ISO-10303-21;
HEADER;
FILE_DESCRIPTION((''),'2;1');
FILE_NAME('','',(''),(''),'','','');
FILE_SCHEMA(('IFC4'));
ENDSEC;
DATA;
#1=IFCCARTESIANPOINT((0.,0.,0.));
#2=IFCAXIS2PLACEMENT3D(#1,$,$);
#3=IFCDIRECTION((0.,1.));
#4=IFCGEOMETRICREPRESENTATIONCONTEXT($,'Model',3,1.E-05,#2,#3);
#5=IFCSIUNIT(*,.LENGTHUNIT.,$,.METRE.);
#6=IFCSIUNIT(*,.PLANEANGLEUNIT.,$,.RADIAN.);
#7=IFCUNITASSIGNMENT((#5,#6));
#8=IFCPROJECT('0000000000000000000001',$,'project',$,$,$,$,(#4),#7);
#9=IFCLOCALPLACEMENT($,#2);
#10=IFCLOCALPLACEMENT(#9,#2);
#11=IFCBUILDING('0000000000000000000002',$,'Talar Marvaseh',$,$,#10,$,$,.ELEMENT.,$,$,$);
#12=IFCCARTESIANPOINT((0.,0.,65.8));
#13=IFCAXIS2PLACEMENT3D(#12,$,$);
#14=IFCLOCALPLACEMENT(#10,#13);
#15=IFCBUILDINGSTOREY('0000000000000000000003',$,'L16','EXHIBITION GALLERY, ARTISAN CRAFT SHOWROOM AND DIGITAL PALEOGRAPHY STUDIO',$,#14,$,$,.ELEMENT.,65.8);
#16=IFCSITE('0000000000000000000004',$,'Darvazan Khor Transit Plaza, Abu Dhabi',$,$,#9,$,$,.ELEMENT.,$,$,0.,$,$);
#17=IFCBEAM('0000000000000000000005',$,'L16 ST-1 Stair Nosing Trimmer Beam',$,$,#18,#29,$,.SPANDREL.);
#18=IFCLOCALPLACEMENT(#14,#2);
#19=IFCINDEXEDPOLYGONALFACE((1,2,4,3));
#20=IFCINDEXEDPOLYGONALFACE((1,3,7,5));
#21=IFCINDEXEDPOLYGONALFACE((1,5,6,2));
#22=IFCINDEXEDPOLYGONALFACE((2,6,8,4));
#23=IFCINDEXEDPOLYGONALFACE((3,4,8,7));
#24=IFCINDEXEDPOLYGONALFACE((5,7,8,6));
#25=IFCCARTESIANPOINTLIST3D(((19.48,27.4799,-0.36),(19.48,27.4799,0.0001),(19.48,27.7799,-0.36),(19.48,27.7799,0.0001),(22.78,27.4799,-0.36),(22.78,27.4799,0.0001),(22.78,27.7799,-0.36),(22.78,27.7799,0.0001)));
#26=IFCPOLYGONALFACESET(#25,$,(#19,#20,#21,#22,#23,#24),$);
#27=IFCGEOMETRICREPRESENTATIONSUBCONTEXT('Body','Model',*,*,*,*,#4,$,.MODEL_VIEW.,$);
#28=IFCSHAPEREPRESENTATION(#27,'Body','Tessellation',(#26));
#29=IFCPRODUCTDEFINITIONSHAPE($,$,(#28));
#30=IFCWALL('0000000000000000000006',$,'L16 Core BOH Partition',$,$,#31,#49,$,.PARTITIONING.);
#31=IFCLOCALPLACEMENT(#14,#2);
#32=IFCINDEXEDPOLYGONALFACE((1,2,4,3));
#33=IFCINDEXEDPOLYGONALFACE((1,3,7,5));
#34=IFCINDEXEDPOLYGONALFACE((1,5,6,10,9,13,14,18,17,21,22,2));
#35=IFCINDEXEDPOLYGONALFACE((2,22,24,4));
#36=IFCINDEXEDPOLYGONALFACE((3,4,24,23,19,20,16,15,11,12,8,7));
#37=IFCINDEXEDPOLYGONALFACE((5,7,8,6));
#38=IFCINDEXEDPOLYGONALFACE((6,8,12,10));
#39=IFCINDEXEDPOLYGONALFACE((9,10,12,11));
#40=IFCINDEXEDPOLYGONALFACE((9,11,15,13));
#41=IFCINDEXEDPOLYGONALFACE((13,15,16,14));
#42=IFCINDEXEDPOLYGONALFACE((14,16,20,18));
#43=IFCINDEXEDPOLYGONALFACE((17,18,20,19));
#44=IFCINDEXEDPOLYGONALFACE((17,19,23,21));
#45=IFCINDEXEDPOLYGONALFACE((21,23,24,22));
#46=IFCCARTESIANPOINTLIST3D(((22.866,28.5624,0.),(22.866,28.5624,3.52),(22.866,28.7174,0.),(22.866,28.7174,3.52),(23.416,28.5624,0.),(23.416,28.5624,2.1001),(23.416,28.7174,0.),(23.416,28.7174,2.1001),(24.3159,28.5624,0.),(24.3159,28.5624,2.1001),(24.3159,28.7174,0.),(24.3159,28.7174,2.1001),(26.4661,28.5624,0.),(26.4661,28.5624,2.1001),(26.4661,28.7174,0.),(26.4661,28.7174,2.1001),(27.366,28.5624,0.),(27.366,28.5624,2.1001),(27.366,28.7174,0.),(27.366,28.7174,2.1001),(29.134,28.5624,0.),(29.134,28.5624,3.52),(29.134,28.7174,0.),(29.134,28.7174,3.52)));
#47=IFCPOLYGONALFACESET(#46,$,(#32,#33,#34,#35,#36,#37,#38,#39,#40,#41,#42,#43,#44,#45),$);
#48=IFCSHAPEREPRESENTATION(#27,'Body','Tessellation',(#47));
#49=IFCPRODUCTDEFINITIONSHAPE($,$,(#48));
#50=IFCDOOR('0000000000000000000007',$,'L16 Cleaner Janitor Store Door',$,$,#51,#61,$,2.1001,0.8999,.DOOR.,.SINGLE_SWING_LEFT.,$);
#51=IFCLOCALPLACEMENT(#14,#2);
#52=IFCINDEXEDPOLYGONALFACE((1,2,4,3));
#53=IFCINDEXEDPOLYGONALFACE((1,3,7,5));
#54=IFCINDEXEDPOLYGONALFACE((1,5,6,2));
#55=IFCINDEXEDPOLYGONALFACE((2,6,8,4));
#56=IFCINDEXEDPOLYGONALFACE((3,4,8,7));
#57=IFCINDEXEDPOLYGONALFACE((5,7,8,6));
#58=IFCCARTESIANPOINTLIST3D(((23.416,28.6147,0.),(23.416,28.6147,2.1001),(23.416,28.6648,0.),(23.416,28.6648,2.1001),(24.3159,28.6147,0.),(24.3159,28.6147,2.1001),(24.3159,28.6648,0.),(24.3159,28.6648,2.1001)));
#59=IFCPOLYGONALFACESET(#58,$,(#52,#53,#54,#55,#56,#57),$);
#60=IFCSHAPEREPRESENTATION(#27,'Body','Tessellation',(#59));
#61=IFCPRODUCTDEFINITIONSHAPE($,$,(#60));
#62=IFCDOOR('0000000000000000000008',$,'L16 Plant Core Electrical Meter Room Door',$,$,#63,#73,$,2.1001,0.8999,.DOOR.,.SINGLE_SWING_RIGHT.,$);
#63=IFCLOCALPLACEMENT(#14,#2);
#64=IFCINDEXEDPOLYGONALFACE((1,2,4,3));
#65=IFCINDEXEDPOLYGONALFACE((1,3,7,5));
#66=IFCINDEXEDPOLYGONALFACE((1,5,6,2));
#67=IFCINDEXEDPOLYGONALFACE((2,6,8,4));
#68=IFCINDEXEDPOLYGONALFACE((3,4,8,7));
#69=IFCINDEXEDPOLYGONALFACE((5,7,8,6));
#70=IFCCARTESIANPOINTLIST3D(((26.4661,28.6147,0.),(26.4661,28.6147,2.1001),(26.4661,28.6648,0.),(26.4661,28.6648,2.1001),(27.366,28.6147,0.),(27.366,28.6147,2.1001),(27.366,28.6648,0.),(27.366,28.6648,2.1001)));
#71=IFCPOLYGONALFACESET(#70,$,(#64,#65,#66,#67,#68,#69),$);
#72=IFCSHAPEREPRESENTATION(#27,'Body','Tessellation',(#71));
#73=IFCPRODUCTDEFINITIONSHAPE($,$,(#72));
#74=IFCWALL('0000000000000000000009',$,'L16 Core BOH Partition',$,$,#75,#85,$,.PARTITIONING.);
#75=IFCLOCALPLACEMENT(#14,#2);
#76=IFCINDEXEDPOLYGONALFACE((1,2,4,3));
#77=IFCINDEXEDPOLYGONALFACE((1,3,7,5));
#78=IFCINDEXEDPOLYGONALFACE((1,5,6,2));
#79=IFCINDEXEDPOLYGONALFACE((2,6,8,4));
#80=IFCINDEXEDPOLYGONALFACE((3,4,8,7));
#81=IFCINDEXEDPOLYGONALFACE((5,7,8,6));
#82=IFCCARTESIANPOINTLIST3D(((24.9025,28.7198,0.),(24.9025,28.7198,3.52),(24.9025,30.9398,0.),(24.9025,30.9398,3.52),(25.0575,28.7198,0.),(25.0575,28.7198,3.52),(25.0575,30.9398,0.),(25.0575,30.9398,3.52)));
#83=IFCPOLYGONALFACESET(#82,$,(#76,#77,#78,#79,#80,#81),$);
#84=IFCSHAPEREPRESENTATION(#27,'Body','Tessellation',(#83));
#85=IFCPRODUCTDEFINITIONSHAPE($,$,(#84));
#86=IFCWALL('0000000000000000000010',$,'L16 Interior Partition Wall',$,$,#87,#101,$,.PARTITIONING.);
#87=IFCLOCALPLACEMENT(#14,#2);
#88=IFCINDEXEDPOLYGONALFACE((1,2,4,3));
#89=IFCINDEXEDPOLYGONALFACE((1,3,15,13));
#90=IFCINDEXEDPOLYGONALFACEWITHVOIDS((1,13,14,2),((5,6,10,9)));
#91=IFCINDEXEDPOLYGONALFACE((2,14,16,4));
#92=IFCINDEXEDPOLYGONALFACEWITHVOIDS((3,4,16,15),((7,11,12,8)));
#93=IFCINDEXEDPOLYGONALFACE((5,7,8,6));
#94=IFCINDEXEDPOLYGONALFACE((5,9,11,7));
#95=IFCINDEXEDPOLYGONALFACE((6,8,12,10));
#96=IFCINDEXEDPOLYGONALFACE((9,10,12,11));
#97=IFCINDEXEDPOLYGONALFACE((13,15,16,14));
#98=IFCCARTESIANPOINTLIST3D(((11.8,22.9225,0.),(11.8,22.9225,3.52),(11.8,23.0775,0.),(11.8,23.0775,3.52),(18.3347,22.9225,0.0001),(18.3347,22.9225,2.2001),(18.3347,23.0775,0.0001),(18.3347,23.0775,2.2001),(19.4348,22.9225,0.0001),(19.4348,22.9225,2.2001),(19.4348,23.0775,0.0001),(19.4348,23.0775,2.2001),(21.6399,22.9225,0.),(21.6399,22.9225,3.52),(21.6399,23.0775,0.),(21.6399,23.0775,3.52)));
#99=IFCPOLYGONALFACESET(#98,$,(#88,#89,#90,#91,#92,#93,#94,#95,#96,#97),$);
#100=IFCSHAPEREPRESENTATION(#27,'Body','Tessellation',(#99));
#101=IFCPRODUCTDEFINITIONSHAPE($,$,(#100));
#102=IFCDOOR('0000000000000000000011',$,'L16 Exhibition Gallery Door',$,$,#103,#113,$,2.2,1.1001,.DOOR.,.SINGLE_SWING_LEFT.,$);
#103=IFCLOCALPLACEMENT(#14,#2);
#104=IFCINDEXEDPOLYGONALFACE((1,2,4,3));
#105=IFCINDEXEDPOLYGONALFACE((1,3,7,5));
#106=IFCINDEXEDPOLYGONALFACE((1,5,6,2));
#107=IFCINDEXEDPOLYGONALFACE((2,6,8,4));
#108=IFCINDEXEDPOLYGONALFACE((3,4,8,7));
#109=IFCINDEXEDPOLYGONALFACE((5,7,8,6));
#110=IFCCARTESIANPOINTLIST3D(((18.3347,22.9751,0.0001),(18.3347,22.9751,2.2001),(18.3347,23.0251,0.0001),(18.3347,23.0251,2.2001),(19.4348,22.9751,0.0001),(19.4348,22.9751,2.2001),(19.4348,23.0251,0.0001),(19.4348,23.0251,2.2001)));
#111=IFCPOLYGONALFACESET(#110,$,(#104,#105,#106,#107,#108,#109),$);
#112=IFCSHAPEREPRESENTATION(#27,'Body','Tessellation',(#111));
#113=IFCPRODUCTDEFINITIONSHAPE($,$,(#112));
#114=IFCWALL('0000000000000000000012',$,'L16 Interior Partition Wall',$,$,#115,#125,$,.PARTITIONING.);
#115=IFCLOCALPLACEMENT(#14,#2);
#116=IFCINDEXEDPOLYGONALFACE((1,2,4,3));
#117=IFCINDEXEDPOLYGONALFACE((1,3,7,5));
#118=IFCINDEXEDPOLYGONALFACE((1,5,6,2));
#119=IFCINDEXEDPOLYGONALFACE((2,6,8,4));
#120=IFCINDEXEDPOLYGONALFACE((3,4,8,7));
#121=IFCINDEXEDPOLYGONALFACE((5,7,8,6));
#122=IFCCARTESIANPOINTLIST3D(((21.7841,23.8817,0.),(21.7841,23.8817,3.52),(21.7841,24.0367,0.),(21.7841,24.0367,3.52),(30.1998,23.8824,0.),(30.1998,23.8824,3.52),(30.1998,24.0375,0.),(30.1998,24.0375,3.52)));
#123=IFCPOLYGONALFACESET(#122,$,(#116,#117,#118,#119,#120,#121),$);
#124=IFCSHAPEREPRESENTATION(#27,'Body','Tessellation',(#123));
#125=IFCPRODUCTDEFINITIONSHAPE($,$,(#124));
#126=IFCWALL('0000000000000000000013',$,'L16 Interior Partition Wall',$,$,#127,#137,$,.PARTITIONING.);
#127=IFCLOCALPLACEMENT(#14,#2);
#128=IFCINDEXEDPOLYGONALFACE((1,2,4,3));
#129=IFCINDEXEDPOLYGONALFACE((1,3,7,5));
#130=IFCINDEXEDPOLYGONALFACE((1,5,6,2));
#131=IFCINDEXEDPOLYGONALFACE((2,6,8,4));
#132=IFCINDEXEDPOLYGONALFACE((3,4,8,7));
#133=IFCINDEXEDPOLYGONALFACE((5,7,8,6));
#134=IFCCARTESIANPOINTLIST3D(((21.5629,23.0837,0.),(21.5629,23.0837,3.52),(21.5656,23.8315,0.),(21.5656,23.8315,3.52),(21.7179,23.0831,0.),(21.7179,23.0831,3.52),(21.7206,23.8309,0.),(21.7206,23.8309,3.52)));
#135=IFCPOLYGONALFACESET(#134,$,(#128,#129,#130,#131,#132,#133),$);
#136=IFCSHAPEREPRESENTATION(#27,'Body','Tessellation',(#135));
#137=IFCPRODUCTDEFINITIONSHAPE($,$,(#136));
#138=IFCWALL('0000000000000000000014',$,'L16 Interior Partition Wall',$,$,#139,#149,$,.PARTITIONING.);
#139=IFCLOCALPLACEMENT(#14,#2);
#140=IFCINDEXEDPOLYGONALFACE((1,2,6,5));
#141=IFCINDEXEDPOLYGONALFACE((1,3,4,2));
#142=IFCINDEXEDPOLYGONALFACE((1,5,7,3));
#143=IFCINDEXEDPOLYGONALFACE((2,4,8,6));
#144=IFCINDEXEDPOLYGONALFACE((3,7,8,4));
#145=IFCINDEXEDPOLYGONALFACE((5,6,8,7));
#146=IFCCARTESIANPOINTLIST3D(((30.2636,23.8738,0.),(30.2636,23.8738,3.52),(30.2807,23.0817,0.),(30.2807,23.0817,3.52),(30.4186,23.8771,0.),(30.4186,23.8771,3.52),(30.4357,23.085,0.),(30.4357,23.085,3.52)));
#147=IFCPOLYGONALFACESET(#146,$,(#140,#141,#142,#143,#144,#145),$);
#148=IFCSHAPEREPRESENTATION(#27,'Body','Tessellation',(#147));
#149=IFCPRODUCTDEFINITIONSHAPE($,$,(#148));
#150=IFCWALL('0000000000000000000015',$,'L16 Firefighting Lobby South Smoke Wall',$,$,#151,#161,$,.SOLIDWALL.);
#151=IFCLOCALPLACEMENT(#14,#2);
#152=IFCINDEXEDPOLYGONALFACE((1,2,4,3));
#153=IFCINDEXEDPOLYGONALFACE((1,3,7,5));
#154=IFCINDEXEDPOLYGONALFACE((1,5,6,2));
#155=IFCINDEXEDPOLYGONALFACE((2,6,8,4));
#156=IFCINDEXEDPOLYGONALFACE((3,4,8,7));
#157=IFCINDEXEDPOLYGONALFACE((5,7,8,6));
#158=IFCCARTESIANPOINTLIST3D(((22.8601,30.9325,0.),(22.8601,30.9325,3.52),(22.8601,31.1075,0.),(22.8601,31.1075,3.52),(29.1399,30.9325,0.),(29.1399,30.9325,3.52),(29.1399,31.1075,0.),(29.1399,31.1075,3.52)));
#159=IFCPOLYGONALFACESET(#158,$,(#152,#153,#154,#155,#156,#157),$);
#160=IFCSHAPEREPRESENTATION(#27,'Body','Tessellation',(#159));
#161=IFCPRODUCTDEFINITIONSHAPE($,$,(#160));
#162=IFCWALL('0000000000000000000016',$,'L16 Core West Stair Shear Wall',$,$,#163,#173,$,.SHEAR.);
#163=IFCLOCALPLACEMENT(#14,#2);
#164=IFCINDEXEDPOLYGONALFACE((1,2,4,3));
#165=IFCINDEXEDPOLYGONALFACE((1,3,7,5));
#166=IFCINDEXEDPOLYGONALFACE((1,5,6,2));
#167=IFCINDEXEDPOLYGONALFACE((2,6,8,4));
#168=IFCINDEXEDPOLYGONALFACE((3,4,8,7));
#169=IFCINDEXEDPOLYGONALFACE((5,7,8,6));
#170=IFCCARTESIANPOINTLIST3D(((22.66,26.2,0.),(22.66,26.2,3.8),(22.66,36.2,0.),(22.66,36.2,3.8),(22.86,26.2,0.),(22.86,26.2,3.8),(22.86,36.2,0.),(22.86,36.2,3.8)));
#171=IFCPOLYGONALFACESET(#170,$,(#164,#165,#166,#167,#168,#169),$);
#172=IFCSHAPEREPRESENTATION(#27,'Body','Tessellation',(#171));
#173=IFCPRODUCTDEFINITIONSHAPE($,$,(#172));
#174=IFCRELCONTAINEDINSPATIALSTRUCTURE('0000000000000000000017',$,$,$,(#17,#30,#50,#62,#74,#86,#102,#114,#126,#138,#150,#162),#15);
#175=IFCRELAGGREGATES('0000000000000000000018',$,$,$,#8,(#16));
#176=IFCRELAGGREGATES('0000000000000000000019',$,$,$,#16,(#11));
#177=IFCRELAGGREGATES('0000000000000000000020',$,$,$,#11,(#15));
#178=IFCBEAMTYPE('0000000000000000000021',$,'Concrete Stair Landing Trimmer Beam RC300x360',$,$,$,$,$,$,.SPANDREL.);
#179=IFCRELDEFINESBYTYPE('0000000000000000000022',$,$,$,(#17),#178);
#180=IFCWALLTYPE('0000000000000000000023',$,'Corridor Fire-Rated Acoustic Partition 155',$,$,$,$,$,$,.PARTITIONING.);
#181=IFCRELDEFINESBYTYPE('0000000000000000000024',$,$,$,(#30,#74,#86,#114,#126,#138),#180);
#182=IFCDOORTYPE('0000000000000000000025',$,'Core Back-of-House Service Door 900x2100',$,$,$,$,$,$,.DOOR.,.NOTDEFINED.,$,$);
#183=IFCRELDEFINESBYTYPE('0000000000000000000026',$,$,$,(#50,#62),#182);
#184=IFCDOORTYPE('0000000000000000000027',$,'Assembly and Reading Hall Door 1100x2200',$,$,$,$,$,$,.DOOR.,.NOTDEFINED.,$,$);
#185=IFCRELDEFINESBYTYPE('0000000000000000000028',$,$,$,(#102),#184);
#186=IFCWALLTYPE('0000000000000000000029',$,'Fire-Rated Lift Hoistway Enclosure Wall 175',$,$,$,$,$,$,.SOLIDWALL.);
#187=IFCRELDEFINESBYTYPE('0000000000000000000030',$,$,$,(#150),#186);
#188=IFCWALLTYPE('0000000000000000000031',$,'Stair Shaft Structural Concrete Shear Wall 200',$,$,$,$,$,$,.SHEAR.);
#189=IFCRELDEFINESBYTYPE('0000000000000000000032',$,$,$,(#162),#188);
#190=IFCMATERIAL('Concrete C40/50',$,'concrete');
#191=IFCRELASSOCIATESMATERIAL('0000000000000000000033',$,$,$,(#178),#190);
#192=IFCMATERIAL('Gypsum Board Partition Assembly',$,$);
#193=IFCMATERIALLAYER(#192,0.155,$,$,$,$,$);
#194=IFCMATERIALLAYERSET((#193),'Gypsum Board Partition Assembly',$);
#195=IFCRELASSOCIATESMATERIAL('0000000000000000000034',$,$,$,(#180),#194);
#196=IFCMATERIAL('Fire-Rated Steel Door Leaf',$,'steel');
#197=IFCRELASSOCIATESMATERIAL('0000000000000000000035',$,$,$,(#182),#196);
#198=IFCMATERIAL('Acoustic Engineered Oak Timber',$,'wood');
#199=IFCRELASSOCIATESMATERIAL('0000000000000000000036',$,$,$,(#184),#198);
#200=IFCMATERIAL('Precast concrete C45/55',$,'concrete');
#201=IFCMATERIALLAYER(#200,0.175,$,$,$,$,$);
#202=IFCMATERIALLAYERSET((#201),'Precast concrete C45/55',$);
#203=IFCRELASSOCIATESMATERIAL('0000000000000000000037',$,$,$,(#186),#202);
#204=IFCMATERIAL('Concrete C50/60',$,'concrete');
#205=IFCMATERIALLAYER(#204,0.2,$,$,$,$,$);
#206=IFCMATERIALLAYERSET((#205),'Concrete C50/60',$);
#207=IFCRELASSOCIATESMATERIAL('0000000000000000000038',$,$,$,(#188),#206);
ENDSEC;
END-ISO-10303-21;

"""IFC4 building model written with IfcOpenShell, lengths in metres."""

from ifc_helpers import new_model, si_unit, direction, frame, frame_2d, origin, origin_2d, place, context, subcontext, project, spatial, rectangle, extrude, source, transform, mapped, material, layer, layer_set, material_profile, profile_set, type_object, type_shapes, element, fill, save


model = new_model("IFC4")

# Units and contexts
model_context = context("Model", 3, precision=1e-05, world=origin(), true_north=direction((0.0, 1.0)))
body_context = subcontext(model_context, "Body", "Model", "MODEL_VIEW")
ifc_project = project(units=[si_unit("LENGTHUNIT", "METRE"), si_unit("PLANEANGLEUNIT", "RADIAN")], contexts=[model_context])

# Site, building, storey
site_placement = place(None, origin())
site = spatial("IfcSite", under=ifc_project, at=site_placement, Name="Darvazan Khor Transit Plaza, Abu Dhabi", CompositionType="ELEMENT", RefElevation=0.0)
building_placement = place(site_placement, origin())
building = spatial("IfcBuilding", under=site, at=building_placement, Name="Talar Marvaseh", CompositionType="ELEMENT")
storey_placement = place(building_placement, frame((0.0, 0.0, 65.8)))
storey = spatial("IfcBuildingStorey", under=building, at=storey_placement, Name="L16", Description="EXHIBITION GALLERY, ARTISAN CRAFT SHOWROOM AND DIGITAL PALEOGRAPHY STUDIO", CompositionType="ELEMENT", Elevation=65.8)

# Beam
ifc_material_1 = material(Name="Concrete C40/50", Category="concrete")
ifc_material_profile = material_profile(ifc_material_1, rectangle(XDim=0.3, YDim=0.3601, at=origin_2d()), Name="RC300x360")
ifc_profile_set = profile_set([ifc_material_profile], Name="Concrete C40/50")
beam_type = type_object("IfcBeamType", Name="Concrete Stair Landing Trimmer Beam RC300x360", PredefinedType="SPANDREL", material=ifc_profile_set)
beam_placement = place(storey_placement, frame((22.78, 27.6299, -0.1799), z_axis=(-1.0, 0.0, 0.0), x_axis=(0.0, -1.0, 0.0)))
element("IfcBeam", 1, at=beam_placement, inside=storey, type_object=beam_type, Name="L16 ST-1 Stair Nosing Trimmer Beam", PredefinedType="SPANDREL", context=body_context, shape_type="SweptSolid", body=[
    extrude(rectangle(XDim=0.3, YDim=0.3601, at=origin_2d()), origin(), (0.0, 0.0, 1.0), 3.3),
])

# Wall, openings, doors
ifc_material_2 = material(Name="Gypsum Board Partition Assembly")
ifc_layer_1 = layer(ifc_material_2, 0.155)
ifc_layer_set_1 = layer_set([ifc_layer_1], Name="Gypsum Board Partition Assembly")
wall_type_1 = type_object("IfcWallType", Name="Corridor Fire-Rated Acoustic Partition 155", PredefinedType="PARTITIONING", material=ifc_layer_set_1)
wall_1_placement = place(storey_placement, frame((22.866, 28.6399, 0.0), z_axis=(0.0, 0.0, 1.0), x_axis=(1.0, 0.0, 0.0)))
wall_1 = element("IfcWall", 2, at=wall_1_placement, inside=storey, type_object=wall_type_1, Name="L16 Core BOH Partition", PredefinedType="PARTITIONING", context=body_context, shape_type="SweptSolid", body=[
    extrude(rectangle(XDim=6.2681, YDim=0.155, at=frame_2d((3.134, 0.0))), origin(), (0.0, 0.0, 1.0), 3.52),
])
opening_1_placement = place(wall_1_placement, frame((0.55, 0.0, 0.0)))
opening_1 = element("IfcOpeningElement", 3, at=opening_1_placement, cuts=wall_1, PredefinedType="OPENING", context=body_context, shape_type="SweptSolid", body=[
    extrude(rectangle(XDim=0.8999, YDim=2.1001, at=frame_2d((0.45, 1.05))), frame((0.0, 0.0874, 0.0), z_axis=(0.0, -1.0, 0.0), x_axis=(1.0, 0.0, 0.0)), (0.0, 0.0, 1.0), 0.175),
])
opening_2_placement = place(wall_1_placement, frame((3.6001, 0.0, 0.0)))
opening_2 = element("IfcOpeningElement", 4, at=opening_2_placement, cuts=wall_1, PredefinedType="OPENING", context=body_context, shape_type="SweptSolid", body=[
    extrude(rectangle(XDim=0.8999, YDim=2.1001, at=frame_2d((0.45, 1.05))), frame((0.0, 0.0874, 0.0), z_axis=(0.0, -1.0, 0.0), x_axis=(1.0, 0.0, 0.0)), (0.0, 0.0, 1.0), 0.175),
])
ifc_material_3 = material(Name="Fire-Rated Steel Door Leaf", Category="steel")
door_type_1 = type_object("IfcDoorType", Name="Core Back-of-House Service Door 900x2100", OperationType="NOTDEFINED", PredefinedType="DOOR", material=ifc_material_3)
shared_shape_1 = source(origin(), body_context, "Body", "SweptSolid", [
    extrude(rectangle(XDim=0.8999, YDim=2.1001, at=frame_2d((0.45, 1.05))), frame((0.0, 0.0249, 0.0), z_axis=(0.0, -1.0, 0.0), x_axis=(1.0, 0.0, 0.0)), (0.0, 0.0, 1.0), 0.05),
])
type_shapes(door_type_1, [shared_shape_1])
door_1_placement = place(opening_1_placement, origin())
door_1 = element("IfcDoor", 5, at=door_1_placement, inside=storey, type_object=door_type_1, Name="L16 Cleaner Janitor Store Door", OperationType="SINGLE_SWING_LEFT", OverallHeight=2.1001, OverallWidth=0.8999, PredefinedType="DOOR", context=body_context, shape_type="MappedRepresentation", body=[
    mapped(shared_shape_1, transform((0.0, 0.0, 0.0), x_axis=(1.0, 0.0, 0.0), y_axis=(0.0, 1.0, 0.0), z_axis=(0.0, 0.0, 1.0), scale=1.0)),
])
fill(opening_1, door_1)
door_2_placement = place(opening_2_placement, origin())
door_2 = element("IfcDoor", 6, at=door_2_placement, inside=storey, type_object=door_type_1, Name="L16 Plant Core Electrical Meter Room Door", OperationType="SINGLE_SWING_RIGHT", OverallHeight=2.1001, OverallWidth=0.8999, PredefinedType="DOOR", context=body_context, shape_type="MappedRepresentation", body=[
    mapped(shared_shape_1, transform((0.0, 0.0, 0.0), x_axis=(1.0, 0.0, 0.0), y_axis=(0.0, 1.0, 0.0), z_axis=(0.0, 0.0, 1.0), scale=1.0)),
])
fill(opening_2, door_2)

# Wall
wall_2_placement = place(storey_placement, frame((24.98, 28.72, 0.0), z_axis=(0.0, 0.0, 1.0), x_axis=(0.0, 1.0, 0.0)))
element("IfcWall", 7, at=wall_2_placement, inside=storey, type_object=wall_type_1, Name="L16 Core BOH Partition", PredefinedType="PARTITIONING", context=body_context, shape_type="SweptSolid", body=[
    extrude(rectangle(XDim=2.22, YDim=0.155, at=frame_2d((1.1099, 0.0))), origin(), (0.0, 0.0, 1.0), 3.52),
])

# Wall, opening, door
wall_3_placement = place(storey_placement, frame((21.6399, 23.0, 0.0), z_axis=(0.0, 0.0, 1.0), x_axis=(-1.0, 0.0, 0.0)))
wall_3 = element("IfcWall", 8, at=wall_3_placement, inside=storey, type_object=wall_type_1, Name="L16 Interior Partition Wall", PredefinedType="PARTITIONING", context=body_context, shape_type="SweptSolid", body=[
    extrude(rectangle(XDim=9.8398, YDim=0.155, at=frame_2d((4.9199, 0.0))), origin(), (0.0, 0.0, 1.0), 3.52),
])
opening_3_placement = place(wall_3_placement, frame((2.2051, 0.0, 0.0)))
opening_3 = element("IfcOpeningElement", 9, at=opening_3_placement, cuts=wall_3, PredefinedType="OPENING", context=body_context, shape_type="SweptSolid", body=[
    extrude(rectangle(XDim=1.1001, YDim=2.2, at=frame_2d((0.55, 1.1001))), frame((0.0, 0.0874, 0.0), z_axis=(0.0, -1.0, 0.0), x_axis=(1.0, 0.0, 0.0)), (0.0, 0.0, 1.0), 0.175),
])
ifc_material_4 = material(Name="Acoustic Engineered Oak Timber", Category="wood")
door_type_2 = type_object("IfcDoorType", Name="Assembly and Reading Hall Door 1100x2200", OperationType="NOTDEFINED", PredefinedType="DOOR", material=ifc_material_4)
shared_shape_2 = source(origin(), body_context, "Body", "SweptSolid", [
    extrude(rectangle(XDim=1.1001, YDim=2.2, at=frame_2d((0.55, 1.1001))), frame((0.0, 0.0249, 0.0), z_axis=(0.0, -1.0, 0.0), x_axis=(1.0, 0.0, 0.0)), (0.0, 0.0, 1.0), 0.05),
])
type_shapes(door_type_2, [shared_shape_2])
door_3_placement = place(opening_3_placement, origin())
door_3 = element("IfcDoor", 10, at=door_3_placement, inside=storey, type_object=door_type_2, Name="L16 Exhibition Gallery Door", OperationType="SINGLE_SWING_LEFT", OverallHeight=2.2, OverallWidth=1.1001, PredefinedType="DOOR", context=body_context, shape_type="MappedRepresentation", body=[
    mapped(shared_shape_2, transform((0.0, 0.0, 0.0), x_axis=(1.0, 0.0, 0.0), y_axis=(0.0, 1.0, 0.0), z_axis=(0.0, 0.0, 1.0), scale=1.0)),
])
fill(opening_3, door_3)

# Walls
wall_4_placement = place(storey_placement, frame((30.2, 23.96, 0.0), z_axis=(0.0, 0.0, 1.0), x_axis=(-1.0, -0.000087, 0.0)))
element("IfcWall", 11, at=wall_4_placement, inside=storey, type_object=wall_type_1, Name="L16 Interior Partition Wall", PredefinedType="PARTITIONING", context=body_context, shape_type="SweptSolid", body=[
    extrude(rectangle(XDim=8.4158, YDim=0.155, at=frame_2d((4.208, 0.0))), origin(), (0.0, 0.0, 1.0), 3.52),
])
wall_5_placement = place(storey_placement, frame((21.6431, 23.8313, 0.0), z_axis=(0.0, 0.0, 1.0), x_axis=(-0.003591, -0.999994, 0.0)))
element("IfcWall", 12, at=wall_5_placement, inside=storey, type_object=wall_type_1, Name="L16 Interior Partition Wall", PredefinedType="PARTITIONING", context=body_context, shape_type="SweptSolid", body=[
    extrude(rectangle(XDim=0.7478, YDim=0.155, at=frame_2d((0.374, 0.0))), origin(), (0.0, 0.0, 1.0), 3.52),
])
wall_6_placement = place(storey_placement, frame((30.3582, 23.0835, 0.0), z_axis=(0.0, 0.0, 1.0), x_axis=(-0.021573, 0.999767, 0.0)))
element("IfcWall", 13, at=wall_6_placement, inside=storey, type_object=wall_type_1, Name="L16 Interior Partition Wall", PredefinedType="PARTITIONING", context=body_context, shape_type="SweptSolid", body=[
    extrude(rectangle(XDim=0.7922, YDim=0.155, at=frame_2d((0.396, 0.0))), origin(), (0.0, 0.0, 1.0), 3.52),
])
ifc_material_5 = material(Name="Precast concrete C45/55", Category="concrete")
ifc_layer_2 = layer(ifc_material_5, 0.175)
ifc_layer_set_2 = layer_set([ifc_layer_2], Name="Precast concrete C45/55")
wall_type_2 = type_object("IfcWallType", Name="Fire-Rated Lift Hoistway Enclosure Wall 175", PredefinedType="SOLIDWALL", material=ifc_layer_set_2)
wall_7_placement = place(storey_placement, frame((22.8601, 31.02, 0.0), z_axis=(0.0, 0.0, 1.0), x_axis=(1.0, 0.0, 0.0)))
element("IfcWall", 14, at=wall_7_placement, inside=storey, type_object=wall_type_2, Name="L16 Firefighting Lobby South Smoke Wall", PredefinedType="SOLIDWALL", context=body_context, shape_type="SweptSolid", body=[
    extrude(rectangle(XDim=6.2798, YDim=0.175, at=frame_2d((3.1399, 0.0))), origin(), (0.0, 0.0, 1.0), 3.52),
])
ifc_material_6 = material(Name="Concrete C50/60", Category="concrete")
ifc_layer_3 = layer(ifc_material_6, 0.2)
ifc_layer_set_3 = layer_set([ifc_layer_3], Name="Concrete C50/60")
wall_type_3 = type_object("IfcWallType", Name="Stair Shaft Structural Concrete Shear Wall 200", PredefinedType="SHEAR", material=ifc_layer_set_3)
wall_8_placement = place(storey_placement, frame((22.76, 26.2, 0.0), z_axis=(0.0, 0.0, 1.0), x_axis=(0.0, 1.0, 0.0)))
element("IfcWall", 15, at=wall_8_placement, inside=storey, type_object=wall_type_3, Name="L16 Core West Stair Shear Wall", PredefinedType="SHEAR", context=body_context, shape_type="SweptSolid", body=[
    extrude(rectangle(XDim=10.0, YDim=0.2, at=frame_2d((5.0, 0.0))), origin(), (0.0, 0.0, 1.0), 3.8),
])

save(model, "model.ifc")
